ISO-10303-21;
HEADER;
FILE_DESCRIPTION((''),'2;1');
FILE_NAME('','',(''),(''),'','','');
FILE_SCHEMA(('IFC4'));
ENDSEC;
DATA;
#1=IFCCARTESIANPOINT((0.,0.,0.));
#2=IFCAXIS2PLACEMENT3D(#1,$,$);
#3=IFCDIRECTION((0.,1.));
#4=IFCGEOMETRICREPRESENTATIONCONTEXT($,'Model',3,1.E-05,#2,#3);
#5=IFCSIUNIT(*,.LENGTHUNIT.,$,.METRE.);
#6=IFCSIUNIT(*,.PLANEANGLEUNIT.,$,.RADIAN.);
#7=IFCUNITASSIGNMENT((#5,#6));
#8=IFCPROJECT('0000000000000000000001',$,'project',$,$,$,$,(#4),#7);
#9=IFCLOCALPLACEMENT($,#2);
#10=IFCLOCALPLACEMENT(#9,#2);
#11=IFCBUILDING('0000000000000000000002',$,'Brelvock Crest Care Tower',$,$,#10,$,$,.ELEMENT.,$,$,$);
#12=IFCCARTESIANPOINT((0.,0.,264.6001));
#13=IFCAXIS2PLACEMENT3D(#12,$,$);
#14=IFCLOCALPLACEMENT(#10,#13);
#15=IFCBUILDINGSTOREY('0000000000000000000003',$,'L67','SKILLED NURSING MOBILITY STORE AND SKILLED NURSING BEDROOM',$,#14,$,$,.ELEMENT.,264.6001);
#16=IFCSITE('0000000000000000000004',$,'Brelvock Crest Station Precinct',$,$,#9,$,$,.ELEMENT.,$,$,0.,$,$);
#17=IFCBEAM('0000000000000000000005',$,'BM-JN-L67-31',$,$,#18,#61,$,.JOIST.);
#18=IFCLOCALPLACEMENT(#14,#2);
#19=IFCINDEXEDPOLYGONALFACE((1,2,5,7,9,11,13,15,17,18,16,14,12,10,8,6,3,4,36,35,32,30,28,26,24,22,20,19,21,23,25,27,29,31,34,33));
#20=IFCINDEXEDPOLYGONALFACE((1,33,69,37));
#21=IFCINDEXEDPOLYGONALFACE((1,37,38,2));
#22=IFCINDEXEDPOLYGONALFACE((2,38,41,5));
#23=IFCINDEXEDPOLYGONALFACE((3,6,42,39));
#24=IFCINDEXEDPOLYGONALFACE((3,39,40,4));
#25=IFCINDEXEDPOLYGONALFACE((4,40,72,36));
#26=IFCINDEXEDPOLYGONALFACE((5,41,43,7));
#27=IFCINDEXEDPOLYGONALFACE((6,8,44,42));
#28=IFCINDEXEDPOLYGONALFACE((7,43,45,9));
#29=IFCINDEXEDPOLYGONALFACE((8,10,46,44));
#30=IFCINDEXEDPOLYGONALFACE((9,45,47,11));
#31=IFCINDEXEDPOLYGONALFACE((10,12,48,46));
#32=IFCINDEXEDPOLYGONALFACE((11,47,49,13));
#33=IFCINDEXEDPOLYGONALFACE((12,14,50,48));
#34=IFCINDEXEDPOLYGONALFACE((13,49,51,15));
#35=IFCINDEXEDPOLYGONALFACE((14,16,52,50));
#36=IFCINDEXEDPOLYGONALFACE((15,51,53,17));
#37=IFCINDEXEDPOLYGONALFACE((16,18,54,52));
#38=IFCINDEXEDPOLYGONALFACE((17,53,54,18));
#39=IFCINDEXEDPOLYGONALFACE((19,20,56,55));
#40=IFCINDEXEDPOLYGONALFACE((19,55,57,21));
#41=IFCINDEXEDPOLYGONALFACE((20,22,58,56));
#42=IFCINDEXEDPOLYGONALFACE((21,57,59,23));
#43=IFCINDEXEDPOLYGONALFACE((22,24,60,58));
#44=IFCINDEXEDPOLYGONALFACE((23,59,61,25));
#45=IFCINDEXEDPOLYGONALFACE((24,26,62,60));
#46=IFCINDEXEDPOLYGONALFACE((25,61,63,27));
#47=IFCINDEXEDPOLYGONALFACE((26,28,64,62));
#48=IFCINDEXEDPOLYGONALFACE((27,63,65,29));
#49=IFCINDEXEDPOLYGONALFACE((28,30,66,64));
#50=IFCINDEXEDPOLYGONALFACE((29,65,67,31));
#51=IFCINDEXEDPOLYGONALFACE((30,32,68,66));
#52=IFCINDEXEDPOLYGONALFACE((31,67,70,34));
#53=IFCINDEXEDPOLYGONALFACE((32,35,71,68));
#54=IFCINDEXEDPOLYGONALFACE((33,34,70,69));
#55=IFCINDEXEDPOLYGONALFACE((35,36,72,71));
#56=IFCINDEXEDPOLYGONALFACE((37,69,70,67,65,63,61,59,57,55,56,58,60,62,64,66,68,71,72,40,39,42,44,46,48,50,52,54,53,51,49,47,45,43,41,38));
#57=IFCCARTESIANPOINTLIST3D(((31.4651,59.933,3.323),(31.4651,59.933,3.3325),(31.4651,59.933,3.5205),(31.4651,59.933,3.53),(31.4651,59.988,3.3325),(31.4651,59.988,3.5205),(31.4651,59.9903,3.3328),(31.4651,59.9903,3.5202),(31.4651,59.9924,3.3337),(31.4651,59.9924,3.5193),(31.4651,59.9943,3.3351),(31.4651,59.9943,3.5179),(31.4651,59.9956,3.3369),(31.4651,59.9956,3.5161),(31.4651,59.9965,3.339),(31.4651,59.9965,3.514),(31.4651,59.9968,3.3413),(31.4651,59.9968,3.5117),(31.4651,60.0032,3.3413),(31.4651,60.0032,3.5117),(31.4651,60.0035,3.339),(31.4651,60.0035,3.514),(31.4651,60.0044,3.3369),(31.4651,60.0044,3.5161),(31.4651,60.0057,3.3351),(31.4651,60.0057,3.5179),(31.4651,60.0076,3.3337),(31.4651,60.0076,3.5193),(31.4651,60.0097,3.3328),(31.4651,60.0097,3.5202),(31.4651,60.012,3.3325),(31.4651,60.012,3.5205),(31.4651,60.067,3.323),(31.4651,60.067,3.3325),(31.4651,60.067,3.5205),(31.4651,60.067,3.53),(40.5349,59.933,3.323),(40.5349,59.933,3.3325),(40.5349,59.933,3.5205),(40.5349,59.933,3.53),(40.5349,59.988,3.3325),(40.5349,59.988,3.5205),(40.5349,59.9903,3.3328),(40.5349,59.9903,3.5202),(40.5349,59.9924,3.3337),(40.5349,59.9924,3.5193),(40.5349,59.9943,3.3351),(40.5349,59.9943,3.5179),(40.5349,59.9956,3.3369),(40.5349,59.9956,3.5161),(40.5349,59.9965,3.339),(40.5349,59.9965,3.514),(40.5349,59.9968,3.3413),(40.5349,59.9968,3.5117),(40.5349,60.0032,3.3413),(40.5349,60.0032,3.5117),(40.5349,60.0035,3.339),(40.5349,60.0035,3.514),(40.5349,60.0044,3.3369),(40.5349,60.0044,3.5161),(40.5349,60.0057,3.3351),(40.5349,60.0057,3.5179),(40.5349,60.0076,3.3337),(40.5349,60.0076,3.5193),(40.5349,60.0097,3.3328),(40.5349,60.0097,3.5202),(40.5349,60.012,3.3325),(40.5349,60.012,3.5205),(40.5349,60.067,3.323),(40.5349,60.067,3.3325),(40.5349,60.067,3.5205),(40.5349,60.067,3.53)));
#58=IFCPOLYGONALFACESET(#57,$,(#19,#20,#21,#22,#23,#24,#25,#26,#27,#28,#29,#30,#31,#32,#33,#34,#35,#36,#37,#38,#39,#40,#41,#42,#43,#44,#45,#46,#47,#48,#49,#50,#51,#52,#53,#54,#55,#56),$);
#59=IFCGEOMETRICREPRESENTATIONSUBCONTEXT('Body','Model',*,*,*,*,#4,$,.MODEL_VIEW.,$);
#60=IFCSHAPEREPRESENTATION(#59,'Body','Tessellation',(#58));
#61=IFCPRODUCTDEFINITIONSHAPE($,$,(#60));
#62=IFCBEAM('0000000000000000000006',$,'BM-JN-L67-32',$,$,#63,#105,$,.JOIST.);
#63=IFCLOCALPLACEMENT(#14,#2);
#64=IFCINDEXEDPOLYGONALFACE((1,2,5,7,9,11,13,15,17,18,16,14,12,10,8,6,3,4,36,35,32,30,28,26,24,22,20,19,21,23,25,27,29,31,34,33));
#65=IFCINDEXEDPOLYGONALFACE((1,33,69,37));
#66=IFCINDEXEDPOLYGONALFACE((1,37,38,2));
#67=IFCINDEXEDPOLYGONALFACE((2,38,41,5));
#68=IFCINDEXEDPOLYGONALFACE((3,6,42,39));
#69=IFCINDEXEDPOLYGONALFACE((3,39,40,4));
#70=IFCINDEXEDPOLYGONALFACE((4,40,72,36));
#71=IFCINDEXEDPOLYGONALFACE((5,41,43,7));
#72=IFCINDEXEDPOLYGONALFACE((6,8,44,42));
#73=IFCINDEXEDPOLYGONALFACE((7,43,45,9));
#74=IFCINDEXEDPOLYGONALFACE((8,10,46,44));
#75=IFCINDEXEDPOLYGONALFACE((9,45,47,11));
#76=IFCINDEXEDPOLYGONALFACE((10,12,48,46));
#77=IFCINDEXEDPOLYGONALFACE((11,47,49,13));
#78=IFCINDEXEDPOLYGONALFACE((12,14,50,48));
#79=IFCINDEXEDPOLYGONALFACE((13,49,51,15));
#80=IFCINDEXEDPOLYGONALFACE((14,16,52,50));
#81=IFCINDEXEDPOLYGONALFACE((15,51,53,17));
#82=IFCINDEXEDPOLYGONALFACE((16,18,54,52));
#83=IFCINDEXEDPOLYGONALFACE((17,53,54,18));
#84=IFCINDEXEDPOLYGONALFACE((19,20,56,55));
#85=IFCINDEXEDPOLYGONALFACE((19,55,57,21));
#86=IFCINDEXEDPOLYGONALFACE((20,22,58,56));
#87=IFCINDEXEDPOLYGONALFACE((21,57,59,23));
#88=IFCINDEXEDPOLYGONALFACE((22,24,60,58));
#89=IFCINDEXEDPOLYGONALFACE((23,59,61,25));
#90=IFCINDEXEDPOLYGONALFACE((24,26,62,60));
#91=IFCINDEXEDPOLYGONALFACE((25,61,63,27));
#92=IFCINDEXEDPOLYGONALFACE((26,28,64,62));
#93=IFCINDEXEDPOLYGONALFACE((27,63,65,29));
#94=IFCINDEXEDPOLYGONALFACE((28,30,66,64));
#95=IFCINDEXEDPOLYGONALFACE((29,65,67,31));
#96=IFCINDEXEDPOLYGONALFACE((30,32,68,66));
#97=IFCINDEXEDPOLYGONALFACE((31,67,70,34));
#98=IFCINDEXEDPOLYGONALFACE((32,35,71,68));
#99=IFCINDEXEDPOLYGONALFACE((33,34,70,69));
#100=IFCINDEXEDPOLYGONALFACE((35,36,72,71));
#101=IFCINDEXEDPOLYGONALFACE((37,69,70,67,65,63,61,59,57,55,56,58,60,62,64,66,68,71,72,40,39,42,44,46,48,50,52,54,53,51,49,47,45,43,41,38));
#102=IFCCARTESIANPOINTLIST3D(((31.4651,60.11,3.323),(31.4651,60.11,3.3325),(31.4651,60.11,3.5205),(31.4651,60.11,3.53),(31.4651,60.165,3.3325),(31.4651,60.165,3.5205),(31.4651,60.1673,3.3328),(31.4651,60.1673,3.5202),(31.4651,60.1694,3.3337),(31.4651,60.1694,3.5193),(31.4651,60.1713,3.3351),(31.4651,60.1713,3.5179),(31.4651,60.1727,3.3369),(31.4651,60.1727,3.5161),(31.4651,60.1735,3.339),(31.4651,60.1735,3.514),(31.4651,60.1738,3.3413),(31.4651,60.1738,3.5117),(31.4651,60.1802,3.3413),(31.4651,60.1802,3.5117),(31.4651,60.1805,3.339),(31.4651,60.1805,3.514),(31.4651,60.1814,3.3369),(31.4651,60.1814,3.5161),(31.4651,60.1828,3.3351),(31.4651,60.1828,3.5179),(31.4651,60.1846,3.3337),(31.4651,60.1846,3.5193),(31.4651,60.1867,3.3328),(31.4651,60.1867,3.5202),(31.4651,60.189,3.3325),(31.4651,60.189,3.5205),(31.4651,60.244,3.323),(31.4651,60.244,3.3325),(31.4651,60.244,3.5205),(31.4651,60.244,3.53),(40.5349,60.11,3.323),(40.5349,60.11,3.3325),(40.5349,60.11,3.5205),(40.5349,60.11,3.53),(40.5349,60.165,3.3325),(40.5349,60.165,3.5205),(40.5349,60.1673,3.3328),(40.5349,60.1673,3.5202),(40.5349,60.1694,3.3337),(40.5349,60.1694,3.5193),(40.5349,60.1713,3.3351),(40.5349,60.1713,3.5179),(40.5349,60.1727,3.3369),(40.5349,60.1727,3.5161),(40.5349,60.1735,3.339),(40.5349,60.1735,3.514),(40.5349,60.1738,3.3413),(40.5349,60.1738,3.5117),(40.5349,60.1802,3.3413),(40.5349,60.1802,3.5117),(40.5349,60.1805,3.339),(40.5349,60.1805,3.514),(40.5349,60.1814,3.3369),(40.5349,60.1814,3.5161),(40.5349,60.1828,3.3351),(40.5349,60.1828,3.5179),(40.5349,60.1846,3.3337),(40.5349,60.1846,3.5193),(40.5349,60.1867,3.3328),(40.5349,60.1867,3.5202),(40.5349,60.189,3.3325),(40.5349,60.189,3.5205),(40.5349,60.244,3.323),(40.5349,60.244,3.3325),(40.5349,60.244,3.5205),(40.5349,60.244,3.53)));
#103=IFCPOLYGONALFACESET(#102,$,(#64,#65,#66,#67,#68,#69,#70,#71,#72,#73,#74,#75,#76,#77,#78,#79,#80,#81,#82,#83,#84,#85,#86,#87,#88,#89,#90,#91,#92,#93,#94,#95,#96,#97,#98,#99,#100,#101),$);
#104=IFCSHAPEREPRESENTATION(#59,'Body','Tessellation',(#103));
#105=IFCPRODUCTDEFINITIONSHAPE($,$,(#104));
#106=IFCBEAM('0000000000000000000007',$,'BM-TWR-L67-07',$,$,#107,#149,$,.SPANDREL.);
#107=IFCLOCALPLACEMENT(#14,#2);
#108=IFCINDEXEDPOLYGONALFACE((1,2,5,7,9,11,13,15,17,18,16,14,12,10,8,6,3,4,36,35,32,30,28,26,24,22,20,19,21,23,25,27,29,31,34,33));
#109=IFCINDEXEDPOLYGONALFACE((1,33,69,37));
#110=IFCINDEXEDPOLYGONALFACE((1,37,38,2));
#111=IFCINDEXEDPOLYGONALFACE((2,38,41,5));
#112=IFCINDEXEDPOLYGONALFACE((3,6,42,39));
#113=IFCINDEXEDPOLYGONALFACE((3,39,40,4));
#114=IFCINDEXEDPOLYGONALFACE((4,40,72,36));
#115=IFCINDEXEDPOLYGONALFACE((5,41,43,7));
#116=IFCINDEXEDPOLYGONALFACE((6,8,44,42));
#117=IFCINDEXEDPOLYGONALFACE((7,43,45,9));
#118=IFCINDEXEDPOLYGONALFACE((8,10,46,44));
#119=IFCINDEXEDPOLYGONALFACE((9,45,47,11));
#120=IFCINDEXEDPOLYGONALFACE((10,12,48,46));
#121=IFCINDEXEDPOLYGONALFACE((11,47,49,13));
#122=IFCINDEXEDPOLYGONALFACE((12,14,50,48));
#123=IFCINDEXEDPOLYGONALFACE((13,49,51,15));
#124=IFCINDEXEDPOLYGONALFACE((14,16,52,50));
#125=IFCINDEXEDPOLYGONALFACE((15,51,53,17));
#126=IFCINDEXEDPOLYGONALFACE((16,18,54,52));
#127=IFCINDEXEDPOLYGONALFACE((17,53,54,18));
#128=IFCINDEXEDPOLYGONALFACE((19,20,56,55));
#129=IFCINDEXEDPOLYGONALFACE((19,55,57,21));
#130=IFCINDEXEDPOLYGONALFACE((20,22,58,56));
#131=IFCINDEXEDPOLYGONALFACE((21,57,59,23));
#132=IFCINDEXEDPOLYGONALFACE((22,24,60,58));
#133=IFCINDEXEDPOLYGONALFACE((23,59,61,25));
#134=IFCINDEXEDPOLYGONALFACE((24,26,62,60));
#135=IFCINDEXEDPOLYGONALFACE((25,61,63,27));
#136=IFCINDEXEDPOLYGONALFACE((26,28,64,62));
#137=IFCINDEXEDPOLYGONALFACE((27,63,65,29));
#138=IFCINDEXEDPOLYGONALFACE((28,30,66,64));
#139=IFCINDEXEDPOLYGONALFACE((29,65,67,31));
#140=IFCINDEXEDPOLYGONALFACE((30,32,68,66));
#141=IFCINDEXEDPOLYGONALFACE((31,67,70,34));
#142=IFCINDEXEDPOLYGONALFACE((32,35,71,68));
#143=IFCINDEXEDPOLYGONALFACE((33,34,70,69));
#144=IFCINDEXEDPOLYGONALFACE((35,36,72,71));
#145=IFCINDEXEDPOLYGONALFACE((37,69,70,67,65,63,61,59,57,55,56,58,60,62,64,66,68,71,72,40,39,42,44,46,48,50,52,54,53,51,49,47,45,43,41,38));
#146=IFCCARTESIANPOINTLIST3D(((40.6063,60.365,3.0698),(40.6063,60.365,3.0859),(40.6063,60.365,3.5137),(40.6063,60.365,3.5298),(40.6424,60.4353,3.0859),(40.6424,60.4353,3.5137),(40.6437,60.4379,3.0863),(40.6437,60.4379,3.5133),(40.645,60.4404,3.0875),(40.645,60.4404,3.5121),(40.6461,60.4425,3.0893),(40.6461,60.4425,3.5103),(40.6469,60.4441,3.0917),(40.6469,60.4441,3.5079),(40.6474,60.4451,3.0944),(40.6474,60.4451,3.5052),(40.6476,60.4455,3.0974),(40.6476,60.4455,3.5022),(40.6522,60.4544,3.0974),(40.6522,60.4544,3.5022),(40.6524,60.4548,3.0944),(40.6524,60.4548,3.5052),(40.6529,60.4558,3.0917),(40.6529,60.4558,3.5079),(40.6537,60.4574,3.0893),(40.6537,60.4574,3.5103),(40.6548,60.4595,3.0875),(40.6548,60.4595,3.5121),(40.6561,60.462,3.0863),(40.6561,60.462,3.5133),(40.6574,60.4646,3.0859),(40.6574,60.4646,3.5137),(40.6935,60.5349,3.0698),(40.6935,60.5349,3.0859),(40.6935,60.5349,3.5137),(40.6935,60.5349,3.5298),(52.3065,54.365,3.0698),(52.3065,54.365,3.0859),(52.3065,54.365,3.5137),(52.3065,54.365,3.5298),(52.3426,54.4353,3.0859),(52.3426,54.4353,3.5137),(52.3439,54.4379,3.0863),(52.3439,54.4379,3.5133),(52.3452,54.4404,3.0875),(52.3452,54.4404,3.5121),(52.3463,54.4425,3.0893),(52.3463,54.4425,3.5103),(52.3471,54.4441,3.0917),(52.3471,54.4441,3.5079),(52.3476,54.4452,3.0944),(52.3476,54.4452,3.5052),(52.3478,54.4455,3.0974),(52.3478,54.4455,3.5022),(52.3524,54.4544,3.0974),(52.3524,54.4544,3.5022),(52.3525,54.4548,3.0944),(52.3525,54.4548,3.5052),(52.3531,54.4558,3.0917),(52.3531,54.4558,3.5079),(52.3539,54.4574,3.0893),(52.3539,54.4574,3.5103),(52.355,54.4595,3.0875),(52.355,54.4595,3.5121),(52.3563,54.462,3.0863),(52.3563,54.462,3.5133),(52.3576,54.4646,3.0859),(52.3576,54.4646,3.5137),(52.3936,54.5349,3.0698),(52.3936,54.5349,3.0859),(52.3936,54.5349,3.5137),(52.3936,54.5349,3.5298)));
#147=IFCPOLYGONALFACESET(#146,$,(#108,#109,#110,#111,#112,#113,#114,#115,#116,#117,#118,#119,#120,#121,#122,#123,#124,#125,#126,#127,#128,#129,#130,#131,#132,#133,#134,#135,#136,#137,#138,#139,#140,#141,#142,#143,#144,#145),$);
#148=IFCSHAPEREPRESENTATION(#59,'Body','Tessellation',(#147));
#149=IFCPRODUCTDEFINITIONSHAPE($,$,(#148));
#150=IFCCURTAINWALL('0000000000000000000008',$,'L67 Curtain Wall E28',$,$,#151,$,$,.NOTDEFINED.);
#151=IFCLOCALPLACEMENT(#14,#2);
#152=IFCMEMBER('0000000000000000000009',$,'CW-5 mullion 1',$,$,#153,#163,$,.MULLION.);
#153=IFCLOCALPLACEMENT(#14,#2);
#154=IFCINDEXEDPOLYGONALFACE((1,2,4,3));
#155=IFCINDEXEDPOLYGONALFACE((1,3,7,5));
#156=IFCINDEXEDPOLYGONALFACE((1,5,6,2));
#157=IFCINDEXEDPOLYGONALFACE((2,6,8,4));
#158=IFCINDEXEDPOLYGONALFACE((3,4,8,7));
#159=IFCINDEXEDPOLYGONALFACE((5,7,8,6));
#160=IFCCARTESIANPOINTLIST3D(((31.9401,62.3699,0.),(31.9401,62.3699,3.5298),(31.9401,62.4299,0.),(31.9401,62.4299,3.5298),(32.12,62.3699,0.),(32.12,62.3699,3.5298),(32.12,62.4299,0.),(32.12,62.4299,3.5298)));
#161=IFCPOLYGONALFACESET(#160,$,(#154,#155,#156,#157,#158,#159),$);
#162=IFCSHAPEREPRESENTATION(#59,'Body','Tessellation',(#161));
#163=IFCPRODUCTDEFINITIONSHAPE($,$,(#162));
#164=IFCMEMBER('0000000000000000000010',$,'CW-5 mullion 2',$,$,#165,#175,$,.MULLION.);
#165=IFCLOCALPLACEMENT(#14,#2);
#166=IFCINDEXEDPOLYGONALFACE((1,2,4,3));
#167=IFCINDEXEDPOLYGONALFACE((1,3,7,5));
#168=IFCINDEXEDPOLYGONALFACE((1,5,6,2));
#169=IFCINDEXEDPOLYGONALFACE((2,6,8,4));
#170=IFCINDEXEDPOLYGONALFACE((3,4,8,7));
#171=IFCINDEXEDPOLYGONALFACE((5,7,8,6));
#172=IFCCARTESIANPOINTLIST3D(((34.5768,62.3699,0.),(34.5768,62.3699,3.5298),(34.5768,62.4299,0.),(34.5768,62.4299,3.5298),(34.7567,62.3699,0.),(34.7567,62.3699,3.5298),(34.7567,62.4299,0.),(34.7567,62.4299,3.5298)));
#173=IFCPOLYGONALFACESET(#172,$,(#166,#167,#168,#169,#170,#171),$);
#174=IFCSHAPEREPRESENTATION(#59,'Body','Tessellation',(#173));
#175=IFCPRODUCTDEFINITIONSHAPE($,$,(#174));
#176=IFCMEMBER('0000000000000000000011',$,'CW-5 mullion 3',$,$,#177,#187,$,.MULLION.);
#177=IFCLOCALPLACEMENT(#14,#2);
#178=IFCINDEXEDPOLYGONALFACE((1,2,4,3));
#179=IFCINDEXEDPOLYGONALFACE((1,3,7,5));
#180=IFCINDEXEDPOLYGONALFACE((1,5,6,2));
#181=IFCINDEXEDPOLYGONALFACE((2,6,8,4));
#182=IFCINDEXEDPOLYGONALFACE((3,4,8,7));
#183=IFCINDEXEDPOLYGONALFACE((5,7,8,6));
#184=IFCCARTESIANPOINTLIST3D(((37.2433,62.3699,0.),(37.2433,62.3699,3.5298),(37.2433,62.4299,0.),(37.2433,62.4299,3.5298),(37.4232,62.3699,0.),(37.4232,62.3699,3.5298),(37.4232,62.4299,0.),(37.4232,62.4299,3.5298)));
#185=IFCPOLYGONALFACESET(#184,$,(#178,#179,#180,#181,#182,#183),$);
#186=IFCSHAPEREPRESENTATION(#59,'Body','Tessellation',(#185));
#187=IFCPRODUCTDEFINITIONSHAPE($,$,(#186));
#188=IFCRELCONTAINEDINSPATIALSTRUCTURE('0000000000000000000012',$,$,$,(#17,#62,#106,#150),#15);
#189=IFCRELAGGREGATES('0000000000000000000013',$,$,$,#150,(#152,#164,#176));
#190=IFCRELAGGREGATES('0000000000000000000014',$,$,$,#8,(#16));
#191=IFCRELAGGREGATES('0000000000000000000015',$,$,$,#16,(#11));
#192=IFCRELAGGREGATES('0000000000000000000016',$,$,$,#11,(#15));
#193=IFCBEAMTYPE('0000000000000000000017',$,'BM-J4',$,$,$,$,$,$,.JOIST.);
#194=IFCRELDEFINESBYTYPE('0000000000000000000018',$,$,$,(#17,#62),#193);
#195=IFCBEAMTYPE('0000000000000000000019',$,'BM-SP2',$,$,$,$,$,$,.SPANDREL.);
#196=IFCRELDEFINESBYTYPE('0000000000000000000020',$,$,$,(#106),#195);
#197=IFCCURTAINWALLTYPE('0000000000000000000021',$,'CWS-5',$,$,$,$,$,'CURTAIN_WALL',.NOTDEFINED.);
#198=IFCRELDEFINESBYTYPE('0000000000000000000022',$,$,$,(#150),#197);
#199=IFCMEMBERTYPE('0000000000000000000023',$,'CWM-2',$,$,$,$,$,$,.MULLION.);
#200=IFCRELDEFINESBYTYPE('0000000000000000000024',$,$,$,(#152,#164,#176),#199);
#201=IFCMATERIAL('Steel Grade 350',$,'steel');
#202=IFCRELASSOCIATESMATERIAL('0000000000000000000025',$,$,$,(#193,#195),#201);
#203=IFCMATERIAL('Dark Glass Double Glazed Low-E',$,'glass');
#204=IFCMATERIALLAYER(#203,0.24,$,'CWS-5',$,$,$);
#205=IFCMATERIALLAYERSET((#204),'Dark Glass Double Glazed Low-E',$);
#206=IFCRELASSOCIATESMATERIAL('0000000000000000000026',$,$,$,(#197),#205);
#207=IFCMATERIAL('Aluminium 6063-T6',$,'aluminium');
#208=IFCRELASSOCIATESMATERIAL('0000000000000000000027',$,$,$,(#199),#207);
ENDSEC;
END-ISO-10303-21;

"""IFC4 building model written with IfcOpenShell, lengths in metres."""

from ifc_helpers import new_model, si_unit, direction, frame, origin, origin_2d, place, context, subcontext, project, spatial, rectangle, i_section, extrude, source, transform, mapped, material, layer, layer_set, material_profile, profile_set, type_object, element, aggregate, save


model = new_model("IFC4")

# Units and contexts
model_context = context("Model", 3, precision=1e-05, world=origin(), true_north=direction((0.0, 1.0)))
body_context = subcontext(model_context, "Body", "Model", "MODEL_VIEW")
ifc_project = project(units=[si_unit("LENGTHUNIT", "METRE"), si_unit("PLANEANGLEUNIT", "RADIAN")], contexts=[model_context])

# Site, building, storey
site_placement = place(None, origin())
site = spatial("IfcSite", under=ifc_project, at=site_placement, Name="Brelvock Crest Station Precinct", CompositionType="ELEMENT", RefElevation=0.0)
building_placement = place(site_placement, origin())
building = spatial("IfcBuilding", under=site, at=building_placement, Name="Brelvock Crest Care Tower", CompositionType="ELEMENT")
storey_placement = place(building_placement, frame((0.0, 0.0, 264.6001)))
storey = spatial("IfcBuildingStorey", under=building, at=storey_placement, Name="L67", Description="SKILLED NURSING MOBILITY STORE AND SKILLED NURSING BEDROOM", CompositionType="ELEMENT", Elevation=264.6001)

# Shared definitions
ifc_material_1 = material(Name="Steel Grade 350", Category="steel")

# Beams
ifc_material_profile_1 = material_profile(ifc_material_1, i_section(OverallWidth=0.134, OverallDepth=0.207, WebThickness=0.0063, FlangeThickness=0.0095, FilletRadius=0.0088, at=origin_2d()), Name="200UB29.8")
ifc_profile_set_1 = profile_set([ifc_material_profile_1], Name="Steel Grade 350")
beam_type_1 = type_object("IfcBeamType", Name="BM-J4", PredefinedType="JOIST", material=ifc_profile_set_1)
shared_shape_1 = source(origin(), body_context, "Body", "SweptSolid", [
    extrude(i_section(OverallWidth=0.134, OverallDepth=0.207, WebThickness=0.0063, FlangeThickness=0.0095, FilletRadius=0.0088, at=origin_2d()), origin(), (0.0, 0.0, 1.0), 9.0698),
])
for number, where, z_axis, x_axis, name in (
    (1, (31.4651, 60.0, 3.4265), (1.0, 0.0, 0.0), (0.0, 1.0, 0.0), "BM-JN-L67-31"),
    (2, (31.4651, 60.177, 3.4265), (1.0, 0.0, 0.0), (0.0, 1.0, 0.0), "BM-JN-L67-32"),
):
    element("IfcBeam", number, at=place(storey_placement, frame(where, z_axis=z_axis, x_axis=x_axis)), inside=storey, type_object=beam_type_1, Name=name, PredefinedType="JOIST", context=body_context, shape_type="MappedRepresentation", body=[
        mapped(shared_shape_1, transform((0.0, 0.0, 0.0), x_axis=(1.0, 0.0, 0.0), y_axis=(0.0, 1.0, 0.0), z_axis=(0.0, 0.0, 1.0), scale=1.0)),
    ])
ifc_material_profile_2 = material_profile(ifc_material_1, i_section(OverallWidth=0.1909, OverallDepth=0.46, WebThickness=0.01, FlangeThickness=0.0161, FilletRadius=0.0115, at=origin_2d()), Name="460UB82.1")
ifc_profile_set_2 = profile_set([ifc_material_profile_2], Name="Steel Grade 350")
beam_type_2 = type_object("IfcBeamType", Name="BM-SP2", PredefinedType="SPANDREL", material=ifc_profile_set_2)
shared_shape_2 = source(origin(), body_context, "Body", "SweptSolid", [
    extrude(i_section(OverallWidth=0.1909, OverallDepth=0.46, WebThickness=0.01, FlangeThickness=0.0161, FilletRadius=0.0115, at=origin_2d()), origin(), (0.0, 0.0, 1.0), 13.1489),
])
beam_placement = place(storey_placement, frame((40.6499, 60.45, 3.2998), z_axis=(0.889821, -0.456311, 0.0), x_axis=(0.456311, 0.889821, 0.0)))
element("IfcBeam", 3, at=beam_placement, inside=storey, type_object=beam_type_2, Name="BM-TWR-L67-07", PredefinedType="SPANDREL", context=body_context, shape_type="MappedRepresentation", body=[
    mapped(shared_shape_2, transform((0.0, 0.0, 0.0), x_axis=(1.0, 0.0, 0.0), y_axis=(0.0, 1.0, 0.0), z_axis=(0.0, 0.0, 1.0), scale=1.0)),
])

# Curtain wall, members
ifc_material_2 = material(Name="Dark Glass Double Glazed Low-E", Category="glass")
ifc_layer_1 = layer(ifc_material_2, 0.24, Name="CWS-5")
ifc_layer_set_1 = layer_set([ifc_layer_1], Name="Dark Glass Double Glazed Low-E")
curtain_wall_type = type_object("IfcCurtainWallType", Name="CWS-5", ElementType="CURTAIN_WALL", PredefinedType="NOTDEFINED", material=ifc_layer_set_1)
curtain_wall_placement = place(storey_placement, origin())
curtain_wall = element("IfcCurtainWall", 4, at=curtain_wall_placement, inside=storey, type_object=curtain_wall_type, Name="L67 Curtain Wall E28", PredefinedType="NOTDEFINED")
ifc_material_3 = material(Name="Aluminium 6063-T6", Category="aluminium")
ifc_material_profile_3 = material_profile(ifc_material_3, rectangle(XDim=0.0601, YDim=0.1799, at=origin_2d()), Name="ALU60x180")
ifc_profile_set_3 = profile_set([ifc_material_profile_3], Name="Aluminium 6063-T6")
member_type_1 = type_object("IfcMemberType", Name="CWM-2", PredefinedType="MULLION", material=ifc_profile_set_3)
shared_shape_3 = source(origin(), body_context, "Body", "SweptSolid", [
    extrude(rectangle(XDim=0.0601, YDim=0.1799, at=origin_2d()), origin(), (0.0, 0.0, 1.0), 3.5298),
])
member_1_placement = place(storey_placement, frame((32.03, 62.3999, 0.0), z_axis=(0.0, 0.0, 1.0), x_axis=(0.0, 1.0, 0.0)))
member_1 = element("IfcMember", 5, at=member_1_placement, type_object=member_type_1, Name="CW-5 mullion 1", PredefinedType="MULLION", context=body_context, shape_type="MappedRepresentation", body=[
    mapped(shared_shape_3, transform((0.0, 0.0, 0.0), x_axis=(1.0, 0.0, 0.0), y_axis=(0.0, 1.0, 0.0), z_axis=(0.0, 0.0, 1.0), scale=1.0)),
])
member_2_placement = place(storey_placement, frame((34.6667, 62.3999, 0.0), z_axis=(0.0, 0.0, 1.0), x_axis=(0.0, 1.0, 0.0)))
member_2 = element("IfcMember", 6, at=member_2_placement, type_object=member_type_1, Name="CW-5 mullion 2", PredefinedType="MULLION", context=body_context, shape_type="MappedRepresentation", body=[
    mapped(shared_shape_3, transform((0.0, 0.0, 0.0), x_axis=(1.0, 0.0, 0.0), y_axis=(0.0, 1.0, 0.0), z_axis=(0.0, 0.0, 1.0), scale=1.0)),
])
member_3_placement = place(storey_placement, frame((37.3333, 62.3999, 0.0), z_axis=(0.0, 0.0, 1.0), x_axis=(0.0, 1.0, 0.0)))
member_3 = element("IfcMember", 7, at=member_3_placement, type_object=member_type_1, Name="CW-5 mullion 3", PredefinedType="MULLION", context=body_context, shape_type="MappedRepresentation", body=[
    mapped(shared_shape_3, transform((0.0, 0.0, 0.0), x_axis=(1.0, 0.0, 0.0), y_axis=(0.0, 1.0, 0.0), z_axis=(0.0, 0.0, 1.0), scale=1.0)),
])
aggregate(curtain_wall, [member_1, member_2, member_3])

save(model, "model.ifc")
